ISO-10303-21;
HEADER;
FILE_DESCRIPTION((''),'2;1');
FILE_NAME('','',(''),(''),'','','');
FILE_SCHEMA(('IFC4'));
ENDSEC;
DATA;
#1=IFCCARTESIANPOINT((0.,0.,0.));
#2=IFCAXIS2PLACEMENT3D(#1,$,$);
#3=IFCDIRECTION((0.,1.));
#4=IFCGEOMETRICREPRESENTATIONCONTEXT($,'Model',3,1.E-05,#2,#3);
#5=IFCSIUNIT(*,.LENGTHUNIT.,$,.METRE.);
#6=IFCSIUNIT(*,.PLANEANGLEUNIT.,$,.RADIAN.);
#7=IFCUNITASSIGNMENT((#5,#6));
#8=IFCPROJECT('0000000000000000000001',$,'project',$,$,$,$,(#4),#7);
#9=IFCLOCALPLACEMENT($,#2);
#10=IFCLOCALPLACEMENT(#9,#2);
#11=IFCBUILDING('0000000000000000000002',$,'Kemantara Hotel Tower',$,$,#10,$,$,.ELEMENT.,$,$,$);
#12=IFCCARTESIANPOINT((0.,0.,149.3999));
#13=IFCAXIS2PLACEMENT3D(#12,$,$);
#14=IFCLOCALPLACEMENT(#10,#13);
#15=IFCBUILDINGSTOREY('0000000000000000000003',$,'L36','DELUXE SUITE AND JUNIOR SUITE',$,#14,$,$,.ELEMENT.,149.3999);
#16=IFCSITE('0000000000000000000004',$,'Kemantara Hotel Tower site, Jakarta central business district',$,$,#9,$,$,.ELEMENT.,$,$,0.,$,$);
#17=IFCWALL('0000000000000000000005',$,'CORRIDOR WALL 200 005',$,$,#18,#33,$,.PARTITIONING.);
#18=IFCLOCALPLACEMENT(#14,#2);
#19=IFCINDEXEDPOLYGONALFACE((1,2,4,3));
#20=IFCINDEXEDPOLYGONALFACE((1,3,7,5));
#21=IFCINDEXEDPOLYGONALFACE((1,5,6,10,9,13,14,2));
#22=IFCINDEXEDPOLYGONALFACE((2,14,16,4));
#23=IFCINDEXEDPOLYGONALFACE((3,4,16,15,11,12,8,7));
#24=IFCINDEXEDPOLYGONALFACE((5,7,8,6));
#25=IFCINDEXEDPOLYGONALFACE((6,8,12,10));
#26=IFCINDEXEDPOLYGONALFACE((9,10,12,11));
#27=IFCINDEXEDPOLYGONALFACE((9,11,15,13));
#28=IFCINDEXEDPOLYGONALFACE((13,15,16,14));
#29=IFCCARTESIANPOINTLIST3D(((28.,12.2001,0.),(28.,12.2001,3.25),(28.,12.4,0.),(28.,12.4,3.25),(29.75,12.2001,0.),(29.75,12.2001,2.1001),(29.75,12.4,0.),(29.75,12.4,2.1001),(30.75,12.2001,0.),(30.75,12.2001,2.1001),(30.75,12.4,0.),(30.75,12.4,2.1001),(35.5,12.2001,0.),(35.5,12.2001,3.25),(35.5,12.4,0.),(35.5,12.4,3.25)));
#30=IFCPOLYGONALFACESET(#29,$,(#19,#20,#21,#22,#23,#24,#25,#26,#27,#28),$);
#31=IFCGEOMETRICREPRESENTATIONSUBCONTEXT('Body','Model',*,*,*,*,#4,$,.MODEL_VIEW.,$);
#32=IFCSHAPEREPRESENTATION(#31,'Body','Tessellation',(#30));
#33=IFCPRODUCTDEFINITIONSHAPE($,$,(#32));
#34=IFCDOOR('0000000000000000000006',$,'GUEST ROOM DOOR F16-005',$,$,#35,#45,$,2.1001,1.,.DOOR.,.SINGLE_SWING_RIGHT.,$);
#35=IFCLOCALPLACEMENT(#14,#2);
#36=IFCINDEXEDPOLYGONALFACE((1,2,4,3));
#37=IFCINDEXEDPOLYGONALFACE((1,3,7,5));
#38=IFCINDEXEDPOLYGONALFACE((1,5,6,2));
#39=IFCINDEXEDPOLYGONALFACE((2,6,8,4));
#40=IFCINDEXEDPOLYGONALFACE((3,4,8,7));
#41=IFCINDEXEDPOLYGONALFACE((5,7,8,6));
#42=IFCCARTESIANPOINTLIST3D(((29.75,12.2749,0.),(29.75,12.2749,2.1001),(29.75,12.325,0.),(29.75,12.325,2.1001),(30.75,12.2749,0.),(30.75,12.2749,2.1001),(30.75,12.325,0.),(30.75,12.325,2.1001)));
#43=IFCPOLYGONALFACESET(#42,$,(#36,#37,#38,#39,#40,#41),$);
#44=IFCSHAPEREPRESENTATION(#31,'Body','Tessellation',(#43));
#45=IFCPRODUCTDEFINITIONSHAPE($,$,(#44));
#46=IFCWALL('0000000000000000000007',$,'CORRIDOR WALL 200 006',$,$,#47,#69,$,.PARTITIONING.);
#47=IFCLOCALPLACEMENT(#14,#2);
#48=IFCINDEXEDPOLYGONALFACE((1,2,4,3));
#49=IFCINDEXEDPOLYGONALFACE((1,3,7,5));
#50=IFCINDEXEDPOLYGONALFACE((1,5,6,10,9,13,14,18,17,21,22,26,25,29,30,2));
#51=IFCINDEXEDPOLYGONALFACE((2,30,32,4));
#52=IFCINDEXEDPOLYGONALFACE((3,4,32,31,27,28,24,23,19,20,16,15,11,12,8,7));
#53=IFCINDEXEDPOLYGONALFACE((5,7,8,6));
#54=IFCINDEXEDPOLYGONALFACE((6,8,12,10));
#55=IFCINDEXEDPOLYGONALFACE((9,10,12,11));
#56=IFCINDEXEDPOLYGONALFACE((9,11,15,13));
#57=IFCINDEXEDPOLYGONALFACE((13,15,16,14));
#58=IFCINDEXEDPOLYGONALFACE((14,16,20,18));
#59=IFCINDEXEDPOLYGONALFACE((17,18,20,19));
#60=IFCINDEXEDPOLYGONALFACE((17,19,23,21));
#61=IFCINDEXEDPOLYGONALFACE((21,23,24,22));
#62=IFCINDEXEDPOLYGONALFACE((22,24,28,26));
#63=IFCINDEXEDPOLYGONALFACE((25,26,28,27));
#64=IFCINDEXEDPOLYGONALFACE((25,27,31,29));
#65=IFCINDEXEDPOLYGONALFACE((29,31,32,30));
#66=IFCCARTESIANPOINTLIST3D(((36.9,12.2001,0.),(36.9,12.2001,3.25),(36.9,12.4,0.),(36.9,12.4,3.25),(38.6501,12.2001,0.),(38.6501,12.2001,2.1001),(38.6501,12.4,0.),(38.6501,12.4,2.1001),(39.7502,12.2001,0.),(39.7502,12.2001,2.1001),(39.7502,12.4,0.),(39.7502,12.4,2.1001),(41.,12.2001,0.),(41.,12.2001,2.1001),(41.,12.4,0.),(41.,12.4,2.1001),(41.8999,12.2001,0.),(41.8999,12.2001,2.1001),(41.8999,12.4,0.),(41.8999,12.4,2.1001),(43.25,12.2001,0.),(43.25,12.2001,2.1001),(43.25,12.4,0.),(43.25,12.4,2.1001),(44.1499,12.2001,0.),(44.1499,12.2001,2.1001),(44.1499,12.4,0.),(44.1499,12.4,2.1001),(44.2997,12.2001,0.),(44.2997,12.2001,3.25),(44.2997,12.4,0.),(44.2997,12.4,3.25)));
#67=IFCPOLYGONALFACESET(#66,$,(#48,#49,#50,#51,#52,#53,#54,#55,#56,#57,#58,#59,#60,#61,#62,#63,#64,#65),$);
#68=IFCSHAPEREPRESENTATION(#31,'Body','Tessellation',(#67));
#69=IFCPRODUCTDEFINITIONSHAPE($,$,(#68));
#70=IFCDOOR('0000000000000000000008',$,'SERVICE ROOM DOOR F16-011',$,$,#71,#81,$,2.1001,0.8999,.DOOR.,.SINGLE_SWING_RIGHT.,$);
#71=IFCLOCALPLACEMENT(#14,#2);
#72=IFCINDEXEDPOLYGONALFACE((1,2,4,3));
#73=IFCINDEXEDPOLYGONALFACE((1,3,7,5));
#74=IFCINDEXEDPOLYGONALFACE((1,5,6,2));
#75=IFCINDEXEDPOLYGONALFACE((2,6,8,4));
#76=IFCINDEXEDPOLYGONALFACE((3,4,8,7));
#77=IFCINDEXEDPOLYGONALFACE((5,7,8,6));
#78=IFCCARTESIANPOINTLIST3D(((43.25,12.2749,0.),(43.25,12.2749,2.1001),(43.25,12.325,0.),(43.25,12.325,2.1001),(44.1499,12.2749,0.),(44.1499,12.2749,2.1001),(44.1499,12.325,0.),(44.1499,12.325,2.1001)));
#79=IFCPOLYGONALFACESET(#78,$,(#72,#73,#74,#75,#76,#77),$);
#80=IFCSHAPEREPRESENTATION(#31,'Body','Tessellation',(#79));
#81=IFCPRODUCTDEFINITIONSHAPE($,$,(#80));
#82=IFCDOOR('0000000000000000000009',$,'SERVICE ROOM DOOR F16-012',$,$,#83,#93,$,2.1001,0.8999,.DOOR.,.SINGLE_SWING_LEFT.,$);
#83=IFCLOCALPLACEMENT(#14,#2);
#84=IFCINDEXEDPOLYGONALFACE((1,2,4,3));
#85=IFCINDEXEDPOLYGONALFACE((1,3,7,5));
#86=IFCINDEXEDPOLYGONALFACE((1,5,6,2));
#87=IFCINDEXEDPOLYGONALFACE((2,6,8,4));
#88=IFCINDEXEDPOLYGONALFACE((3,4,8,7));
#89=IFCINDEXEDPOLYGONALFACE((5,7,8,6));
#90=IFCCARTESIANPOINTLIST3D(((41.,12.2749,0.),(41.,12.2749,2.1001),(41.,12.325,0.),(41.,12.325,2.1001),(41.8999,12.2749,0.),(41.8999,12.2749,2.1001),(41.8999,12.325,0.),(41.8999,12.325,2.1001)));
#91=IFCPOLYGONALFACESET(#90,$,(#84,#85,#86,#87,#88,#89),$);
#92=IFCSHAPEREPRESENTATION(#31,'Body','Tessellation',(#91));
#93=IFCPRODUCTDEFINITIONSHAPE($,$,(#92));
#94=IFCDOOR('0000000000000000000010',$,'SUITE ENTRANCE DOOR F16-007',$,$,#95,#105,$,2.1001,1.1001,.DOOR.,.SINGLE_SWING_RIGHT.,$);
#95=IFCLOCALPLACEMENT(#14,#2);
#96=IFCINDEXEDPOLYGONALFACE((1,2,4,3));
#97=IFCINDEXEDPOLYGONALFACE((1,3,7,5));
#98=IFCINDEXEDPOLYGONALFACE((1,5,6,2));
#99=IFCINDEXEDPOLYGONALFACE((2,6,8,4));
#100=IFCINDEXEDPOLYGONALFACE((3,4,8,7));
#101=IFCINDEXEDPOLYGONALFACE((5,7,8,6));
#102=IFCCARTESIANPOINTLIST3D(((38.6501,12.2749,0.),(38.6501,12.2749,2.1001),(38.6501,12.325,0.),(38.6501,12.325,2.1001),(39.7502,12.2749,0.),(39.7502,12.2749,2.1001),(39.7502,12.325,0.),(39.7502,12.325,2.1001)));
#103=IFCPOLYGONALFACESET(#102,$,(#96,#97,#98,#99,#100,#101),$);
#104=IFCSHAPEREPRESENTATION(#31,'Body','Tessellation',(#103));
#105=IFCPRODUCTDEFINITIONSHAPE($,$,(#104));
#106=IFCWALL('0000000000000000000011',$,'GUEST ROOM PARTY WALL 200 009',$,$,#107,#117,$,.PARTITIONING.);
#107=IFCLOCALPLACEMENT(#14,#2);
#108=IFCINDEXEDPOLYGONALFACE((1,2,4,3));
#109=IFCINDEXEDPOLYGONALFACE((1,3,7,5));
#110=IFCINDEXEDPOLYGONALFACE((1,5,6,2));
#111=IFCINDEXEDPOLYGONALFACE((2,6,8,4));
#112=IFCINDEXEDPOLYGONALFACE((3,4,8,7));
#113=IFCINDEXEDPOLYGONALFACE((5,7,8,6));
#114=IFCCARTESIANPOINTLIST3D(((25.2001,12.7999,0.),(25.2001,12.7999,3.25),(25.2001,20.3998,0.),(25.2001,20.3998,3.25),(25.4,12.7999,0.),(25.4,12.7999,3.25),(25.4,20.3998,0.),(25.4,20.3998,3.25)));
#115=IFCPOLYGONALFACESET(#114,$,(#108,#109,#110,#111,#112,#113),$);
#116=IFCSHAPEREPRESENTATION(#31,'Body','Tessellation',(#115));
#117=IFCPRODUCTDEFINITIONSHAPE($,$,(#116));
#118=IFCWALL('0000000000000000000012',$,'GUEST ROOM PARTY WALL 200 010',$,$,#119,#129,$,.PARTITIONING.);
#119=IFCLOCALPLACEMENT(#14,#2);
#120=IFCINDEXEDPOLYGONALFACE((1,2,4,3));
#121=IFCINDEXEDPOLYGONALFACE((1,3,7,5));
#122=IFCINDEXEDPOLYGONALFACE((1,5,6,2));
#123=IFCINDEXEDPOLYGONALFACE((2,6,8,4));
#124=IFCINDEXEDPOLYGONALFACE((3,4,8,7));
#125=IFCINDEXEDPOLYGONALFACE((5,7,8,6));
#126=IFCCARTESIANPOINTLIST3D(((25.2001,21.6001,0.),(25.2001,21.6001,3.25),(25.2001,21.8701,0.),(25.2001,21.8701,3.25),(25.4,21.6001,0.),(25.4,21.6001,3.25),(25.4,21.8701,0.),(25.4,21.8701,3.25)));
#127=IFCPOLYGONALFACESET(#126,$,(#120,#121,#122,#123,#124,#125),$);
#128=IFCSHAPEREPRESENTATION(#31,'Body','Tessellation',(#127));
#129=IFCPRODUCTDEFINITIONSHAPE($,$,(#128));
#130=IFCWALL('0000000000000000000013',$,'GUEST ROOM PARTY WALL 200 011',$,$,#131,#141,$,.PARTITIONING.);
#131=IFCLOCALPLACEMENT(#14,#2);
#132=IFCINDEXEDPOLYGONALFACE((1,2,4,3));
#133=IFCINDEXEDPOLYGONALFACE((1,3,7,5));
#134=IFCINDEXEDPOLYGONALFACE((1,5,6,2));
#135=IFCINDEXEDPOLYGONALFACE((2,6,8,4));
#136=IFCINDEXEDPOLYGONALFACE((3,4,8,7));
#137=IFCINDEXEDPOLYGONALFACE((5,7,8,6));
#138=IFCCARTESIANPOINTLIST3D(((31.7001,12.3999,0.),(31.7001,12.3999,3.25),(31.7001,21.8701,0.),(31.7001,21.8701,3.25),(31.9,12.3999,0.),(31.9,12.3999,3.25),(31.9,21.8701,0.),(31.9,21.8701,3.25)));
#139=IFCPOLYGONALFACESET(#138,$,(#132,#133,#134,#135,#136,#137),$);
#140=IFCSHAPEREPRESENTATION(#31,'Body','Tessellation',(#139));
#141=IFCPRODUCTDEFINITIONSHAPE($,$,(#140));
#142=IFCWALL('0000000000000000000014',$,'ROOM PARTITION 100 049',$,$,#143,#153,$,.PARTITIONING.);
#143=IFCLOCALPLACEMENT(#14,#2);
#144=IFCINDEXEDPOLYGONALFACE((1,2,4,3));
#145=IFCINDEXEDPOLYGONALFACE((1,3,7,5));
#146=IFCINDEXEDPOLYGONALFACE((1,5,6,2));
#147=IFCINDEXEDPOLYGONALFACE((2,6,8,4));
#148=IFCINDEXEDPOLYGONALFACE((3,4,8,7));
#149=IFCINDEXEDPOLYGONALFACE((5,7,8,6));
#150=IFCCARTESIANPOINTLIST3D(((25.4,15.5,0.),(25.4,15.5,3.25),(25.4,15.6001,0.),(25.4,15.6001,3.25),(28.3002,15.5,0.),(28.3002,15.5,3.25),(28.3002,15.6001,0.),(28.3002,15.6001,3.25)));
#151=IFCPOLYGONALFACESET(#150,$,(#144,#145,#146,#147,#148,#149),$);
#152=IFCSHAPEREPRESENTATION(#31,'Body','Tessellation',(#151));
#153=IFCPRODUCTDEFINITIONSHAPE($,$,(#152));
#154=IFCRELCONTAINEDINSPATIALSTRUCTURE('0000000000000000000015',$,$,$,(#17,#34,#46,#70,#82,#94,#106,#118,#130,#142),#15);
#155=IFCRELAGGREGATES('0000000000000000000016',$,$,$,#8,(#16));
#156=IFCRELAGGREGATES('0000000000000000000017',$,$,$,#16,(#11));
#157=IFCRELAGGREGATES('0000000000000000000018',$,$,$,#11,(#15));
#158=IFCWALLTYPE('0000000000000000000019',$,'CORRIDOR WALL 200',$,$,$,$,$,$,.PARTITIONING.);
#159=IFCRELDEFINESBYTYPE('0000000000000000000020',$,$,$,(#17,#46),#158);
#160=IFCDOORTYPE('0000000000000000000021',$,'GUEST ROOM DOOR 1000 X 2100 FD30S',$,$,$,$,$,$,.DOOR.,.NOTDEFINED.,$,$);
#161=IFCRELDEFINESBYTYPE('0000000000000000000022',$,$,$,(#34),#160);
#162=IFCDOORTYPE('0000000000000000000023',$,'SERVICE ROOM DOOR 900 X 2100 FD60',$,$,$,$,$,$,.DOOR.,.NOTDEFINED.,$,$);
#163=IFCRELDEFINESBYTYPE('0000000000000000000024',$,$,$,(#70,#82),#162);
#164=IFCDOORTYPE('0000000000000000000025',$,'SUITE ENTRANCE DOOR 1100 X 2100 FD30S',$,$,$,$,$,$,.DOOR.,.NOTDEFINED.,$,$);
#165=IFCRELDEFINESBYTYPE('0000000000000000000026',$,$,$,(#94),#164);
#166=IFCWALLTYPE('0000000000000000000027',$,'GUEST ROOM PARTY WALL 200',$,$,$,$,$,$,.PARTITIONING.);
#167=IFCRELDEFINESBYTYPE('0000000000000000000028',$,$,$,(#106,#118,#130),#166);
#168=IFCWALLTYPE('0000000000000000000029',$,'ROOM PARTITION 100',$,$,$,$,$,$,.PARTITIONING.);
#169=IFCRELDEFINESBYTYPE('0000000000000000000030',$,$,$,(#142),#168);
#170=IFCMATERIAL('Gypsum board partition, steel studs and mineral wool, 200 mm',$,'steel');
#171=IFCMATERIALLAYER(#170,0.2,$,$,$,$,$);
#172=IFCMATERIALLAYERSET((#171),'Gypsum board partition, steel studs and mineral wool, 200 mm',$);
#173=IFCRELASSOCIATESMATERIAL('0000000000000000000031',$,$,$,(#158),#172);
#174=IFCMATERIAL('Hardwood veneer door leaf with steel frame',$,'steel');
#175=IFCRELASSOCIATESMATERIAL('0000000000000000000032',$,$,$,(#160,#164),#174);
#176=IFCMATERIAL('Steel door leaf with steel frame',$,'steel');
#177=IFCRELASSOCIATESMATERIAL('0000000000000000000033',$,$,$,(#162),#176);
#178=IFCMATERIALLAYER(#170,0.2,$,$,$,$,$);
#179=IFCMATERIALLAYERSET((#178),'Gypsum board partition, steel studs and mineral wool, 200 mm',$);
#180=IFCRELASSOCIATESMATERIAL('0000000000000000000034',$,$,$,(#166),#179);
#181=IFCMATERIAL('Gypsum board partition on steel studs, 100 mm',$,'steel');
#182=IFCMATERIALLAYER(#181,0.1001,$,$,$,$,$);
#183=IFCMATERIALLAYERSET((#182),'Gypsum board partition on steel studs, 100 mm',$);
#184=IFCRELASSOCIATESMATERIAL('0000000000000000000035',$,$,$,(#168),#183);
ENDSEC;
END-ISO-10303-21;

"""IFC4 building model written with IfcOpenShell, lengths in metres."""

from ifc_helpers import new_model, si_unit, direction, frame, frame_2d, origin, place, context, subcontext, project, spatial, rectangle, extrude, material, layer, layer_set, type_object, element, fill, save


model = new_model("IFC4")

# Units and contexts
model_context = context("Model", 3, precision=1e-05, world=origin(), true_north=direction((0.0, 1.0)))
body_context = subcontext(model_context, "Body", "Model", "MODEL_VIEW")
ifc_project = project(units=[si_unit("LENGTHUNIT", "METRE"), si_unit("PLANEANGLEUNIT", "RADIAN")], contexts=[model_context])

# Site, building, storey
site_placement = place(None, origin())
site = spatial("IfcSite", under=ifc_project, at=site_placement, Name="Kemantara Hotel Tower site, Jakarta central business district", CompositionType="ELEMENT", RefElevation=0.0)
building_placement = place(site_placement, origin())
building = spatial("IfcBuilding", under=site, at=building_placement, Name="Kemantara Hotel Tower", CompositionType="ELEMENT")
storey_placement = place(building_placement, frame((0.0, 0.0, 149.3999)))
storey = spatial("IfcBuildingStorey", under=building, at=storey_placement, Name="L36", Description="DELUXE SUITE AND JUNIOR SUITE", CompositionType="ELEMENT", Elevation=149.3999)

# Shared definitions
ifc_material_1 = material(Name="Gypsum board partition, steel studs and mineral wool, 200 mm", Category="steel")
ifc_layer_1 = layer(ifc_material_1, 0.2)
ifc_layer_set_1 = layer_set([ifc_layer_1], Name="Gypsum board partition, steel studs and mineral wool, 200 mm")
wall_type_1 = type_object("IfcWallType", Name="CORRIDOR WALL 200", PredefinedType="PARTITIONING", material=ifc_layer_set_1)

# Wall, opening, door
wall_1_placement = place(storey_placement, frame((28.0, 12.3, 0.0), z_axis=(0.0, 0.0, 1.0), x_axis=(1.0, 0.0, 0.0)))
wall_1 = element("IfcWall", 1, at=wall_1_placement, inside=storey, type_object=wall_type_1, Name="CORRIDOR WALL 200 005", PredefinedType="PARTITIONING", context=body_context, shape_type="SweptSolid", body=[
    extrude(rectangle(XDim=7.5, YDim=0.2, at=frame_2d((3.75, 0.0))), origin(), (0.0, 0.0, 1.0), 3.25),
])
opening_1_placement = place(wall_1_placement, frame((1.75, 0.0, 0.0)))
opening_1 = element("IfcOpeningElement", 2, at=opening_1_placement, cuts=wall_1, PredefinedType="OPENING", context=body_context, shape_type="SweptSolid", body=[
    extrude(rectangle(XDim=1.0, YDim=2.1001, at=frame_2d((0.5, 1.05))), frame((0.0, 0.1099, 0.0), z_axis=(0.0, -1.0, 0.0), x_axis=(1.0, 0.0, 0.0)), (0.0, 0.0, 1.0), 0.22),
])
ifc_material_2 = material(Name="Hardwood veneer door leaf with steel frame", Category="steel")
door_type_1 = type_object("IfcDoorType", Name="GUEST ROOM DOOR 1000 X 2100 FD30S", OperationType="NOTDEFINED", PredefinedType="DOOR", material=ifc_material_2)
door_1_placement = place(opening_1_placement, origin())
door_1 = element("IfcDoor", 3, at=door_1_placement, inside=storey, type_object=door_type_1, Name="GUEST ROOM DOOR F16-005", OperationType="SINGLE_SWING_RIGHT", OverallHeight=2.1001, OverallWidth=1.0, PredefinedType="DOOR", context=body_context, shape_type="SweptSolid", body=[
    extrude(rectangle(XDim=1.0, YDim=2.1001, at=frame_2d((0.5, 1.05))), frame((0.0, 0.0249, 0.0), z_axis=(0.0, -1.0, 0.0), x_axis=(1.0, 0.0, 0.0)), (0.0, 0.0, 1.0), 0.05),
])
fill(opening_1, door_1)

# Wall, openings, doors
wall_2_placement = place(storey_placement, frame((36.9001, 12.3, 0.0), z_axis=(0.0, 0.0, 1.0), x_axis=(1.0, 0.0, 0.0)))
wall_2 = element("IfcWall", 4, at=wall_2_placement, inside=storey, type_object=wall_type_1, Name="CORRIDOR WALL 200 006", PredefinedType="PARTITIONING", context=body_context, shape_type="SweptSolid", body=[
    extrude(rectangle(XDim=7.3997, YDim=0.2, at=frame_2d((3.6997, 0.0))), origin(), (0.0, 0.0, 1.0), 3.25),
])
opening_2_placement = place(wall_2_placement, frame((1.75, 0.0, 0.0)))
opening_2 = element("IfcOpeningElement", 5, at=opening_2_placement, cuts=wall_2, PredefinedType="OPENING", context=body_context, shape_type="SweptSolid", body=[
    extrude(rectangle(XDim=1.1001, YDim=2.1001, at=frame_2d((0.55, 1.05))), frame((0.0, 0.1099, 0.0), z_axis=(0.0, -1.0, 0.0), x_axis=(1.0, 0.0, 0.0)), (0.0, 0.0, 1.0), 0.22),
])
opening_3_placement = place(wall_2_placement, frame((6.3499, 0.0, 0.0)))
opening_3 = element("IfcOpeningElement", 6, at=opening_3_placement, cuts=wall_2, PredefinedType="OPENING", context=body_context, shape_type="SweptSolid", body=[
    extrude(rectangle(XDim=0.8999, YDim=2.1001, at=frame_2d((0.45, 1.05))), frame((0.0, 0.1099, 0.0), z_axis=(0.0, -1.0, 0.0), x_axis=(1.0, 0.0, 0.0)), (0.0, 0.0, 1.0), 0.22),
])
opening_4_placement = place(wall_2_placement, frame((4.0999, 0.0, 0.0)))
opening_4 = element("IfcOpeningElement", 7, at=opening_4_placement, cuts=wall_2, PredefinedType="OPENING", context=body_context, shape_type="SweptSolid", body=[
    extrude(rectangle(XDim=0.8999, YDim=2.1001, at=frame_2d((0.45, 1.05))), frame((0.0, 0.1099, 0.0), z_axis=(0.0, -1.0, 0.0), x_axis=(1.0, 0.0, 0.0)), (0.0, 0.0, 1.0), 0.22),
])
ifc_material_3 = material(Name="Steel door leaf with steel frame", Category="steel")
door_type_2 = type_object("IfcDoorType", Name="SERVICE ROOM DOOR 900 X 2100 FD60", OperationType="NOTDEFINED", PredefinedType="DOOR", material=ifc_material_3)
door_2_placement = place(opening_3_placement, origin())
door_2 = element("IfcDoor", 8, at=door_2_placement, inside=storey, type_object=door_type_2, Name="SERVICE ROOM DOOR F16-011", OperationType="SINGLE_SWING_RIGHT", OverallHeight=2.1001, OverallWidth=0.8999, PredefinedType="DOOR", context=body_context, shape_type="SweptSolid", body=[
    extrude(rectangle(XDim=0.8999, YDim=2.1001, at=frame_2d((0.45, 1.05))), frame((0.0, 0.0249, 0.0), z_axis=(0.0, -1.0, 0.0), x_axis=(1.0, 0.0, 0.0)), (0.0, 0.0, 1.0), 0.05),
])
fill(opening_3, door_2)
door_3_placement = place(opening_4_placement, origin())
door_3 = element("IfcDoor", 9, at=door_3_placement, inside=storey, type_object=door_type_2, Name="SERVICE ROOM DOOR F16-012", OperationType="SINGLE_SWING_LEFT", OverallHeight=2.1001, OverallWidth=0.8999, PredefinedType="DOOR", context=body_context, shape_type="SweptSolid", body=[
    extrude(rectangle(XDim=0.8999, YDim=2.1001, at=frame_2d((0.45, 1.05))), frame((0.0, 0.0249, 0.0), z_axis=(0.0, -1.0, 0.0), x_axis=(1.0, 0.0, 0.0)), (0.0, 0.0, 1.0), 0.05),
])
fill(opening_4, door_3)
door_type_3 = type_object("IfcDoorType", Name="SUITE ENTRANCE DOOR 1100 X 2100 FD30S", OperationType="NOTDEFINED", PredefinedType="DOOR", material=ifc_material_2)
door_4_placement = place(opening_2_placement, origin())
door_4 = element("IfcDoor", 10, at=door_4_placement, inside=storey, type_object=door_type_3, Name="SUITE ENTRANCE DOOR F16-007", OperationType="SINGLE_SWING_RIGHT", OverallHeight=2.1001, OverallWidth=1.1001, PredefinedType="DOOR", context=body_context, shape_type="SweptSolid", body=[
    extrude(rectangle(XDim=1.1001, YDim=2.1001, at=frame_2d((0.55, 1.05))), frame((0.0, 0.0249, 0.0), z_axis=(0.0, -1.0, 0.0), x_axis=(1.0, 0.0, 0.0)), (0.0, 0.0, 1.0), 0.05),
])
fill(opening_2, door_4)

# Walls
ifc_layer_2 = layer(ifc_material_1, 0.2)
ifc_layer_set_2 = layer_set([ifc_layer_2], Name="Gypsum board partition, steel studs and mineral wool, 200 mm")
wall_type_2 = type_object("IfcWallType", Name="GUEST ROOM PARTY WALL 200", PredefinedType="PARTITIONING", material=ifc_layer_set_2)
wall_3_placement = place(storey_placement, frame((25.3, 12.8, 0.0), z_axis=(0.0, 0.0, 1.0), x_axis=(0.0, 1.0, 0.0)))
element("IfcWall", 11, at=wall_3_placement, inside=storey, type_object=wall_type_2, Name="GUEST ROOM PARTY WALL 200 009", PredefinedType="PARTITIONING", context=body_context, shape_type="SweptSolid", body=[
    extrude(rectangle(XDim=7.5999, YDim=0.2, at=frame_2d((3.7998, 0.0))), origin(), (0.0, 0.0, 1.0), 3.25),
])
wall_4_placement = place(storey_placement, frame((25.3, 21.6001, 0.0), z_axis=(0.0, 0.0, 1.0), x_axis=(0.0, 1.0, 0.0)))
element("IfcWall", 12, at=wall_4_placement, inside=storey, type_object=wall_type_2, Name="GUEST ROOM PARTY WALL 200 010", PredefinedType="PARTITIONING", context=body_context, shape_type="SweptSolid", body=[
    extrude(rectangle(XDim=0.27, YDim=0.2, at=frame_2d((0.135, 0.0))), origin(), (0.0, 0.0, 1.0), 3.25),
])
wall_5_placement = place(storey_placement, frame((31.8, 12.3999, 0.0), z_axis=(0.0, 0.0, 1.0), x_axis=(0.0, 1.0, 0.0)))
element("IfcWall", 13, at=wall_5_placement, inside=storey, type_object=wall_type_2, Name="GUEST ROOM PARTY WALL 200 011", PredefinedType="PARTITIONING", context=body_context, shape_type="SweptSolid", body=[
    extrude(rectangle(XDim=9.4702, YDim=0.2, at=frame_2d((4.7351, 0.0))), origin(), (0.0, 0.0, 1.0), 3.25),
])
ifc_material_4 = material(Name="Gypsum board partition on steel studs, 100 mm", Category="steel")
ifc_layer_3 = layer(ifc_material_4, 0.1001)
ifc_layer_set_3 = layer_set([ifc_layer_3], Name="Gypsum board partition on steel studs, 100 mm")
wall_type_3 = type_object("IfcWallType", Name="ROOM PARTITION 100", PredefinedType="PARTITIONING", material=ifc_layer_set_3)
wall_6_placement = place(storey_placement, frame((25.3999, 15.55, 0.0), z_axis=(0.0, 0.0, 1.0), x_axis=(1.0, 0.0, 0.0)))
element("IfcWall", 14, at=wall_6_placement, inside=storey, type_object=wall_type_3, Name="ROOM PARTITION 100 049", PredefinedType="PARTITIONING", context=body_context, shape_type="SweptSolid", body=[
    extrude(rectangle(XDim=2.9001, YDim=0.1001, at=frame_2d((1.4502, 0.0))), origin(), (0.0, 0.0, 1.0), 3.25),
])

save(model, "model.ifc")
